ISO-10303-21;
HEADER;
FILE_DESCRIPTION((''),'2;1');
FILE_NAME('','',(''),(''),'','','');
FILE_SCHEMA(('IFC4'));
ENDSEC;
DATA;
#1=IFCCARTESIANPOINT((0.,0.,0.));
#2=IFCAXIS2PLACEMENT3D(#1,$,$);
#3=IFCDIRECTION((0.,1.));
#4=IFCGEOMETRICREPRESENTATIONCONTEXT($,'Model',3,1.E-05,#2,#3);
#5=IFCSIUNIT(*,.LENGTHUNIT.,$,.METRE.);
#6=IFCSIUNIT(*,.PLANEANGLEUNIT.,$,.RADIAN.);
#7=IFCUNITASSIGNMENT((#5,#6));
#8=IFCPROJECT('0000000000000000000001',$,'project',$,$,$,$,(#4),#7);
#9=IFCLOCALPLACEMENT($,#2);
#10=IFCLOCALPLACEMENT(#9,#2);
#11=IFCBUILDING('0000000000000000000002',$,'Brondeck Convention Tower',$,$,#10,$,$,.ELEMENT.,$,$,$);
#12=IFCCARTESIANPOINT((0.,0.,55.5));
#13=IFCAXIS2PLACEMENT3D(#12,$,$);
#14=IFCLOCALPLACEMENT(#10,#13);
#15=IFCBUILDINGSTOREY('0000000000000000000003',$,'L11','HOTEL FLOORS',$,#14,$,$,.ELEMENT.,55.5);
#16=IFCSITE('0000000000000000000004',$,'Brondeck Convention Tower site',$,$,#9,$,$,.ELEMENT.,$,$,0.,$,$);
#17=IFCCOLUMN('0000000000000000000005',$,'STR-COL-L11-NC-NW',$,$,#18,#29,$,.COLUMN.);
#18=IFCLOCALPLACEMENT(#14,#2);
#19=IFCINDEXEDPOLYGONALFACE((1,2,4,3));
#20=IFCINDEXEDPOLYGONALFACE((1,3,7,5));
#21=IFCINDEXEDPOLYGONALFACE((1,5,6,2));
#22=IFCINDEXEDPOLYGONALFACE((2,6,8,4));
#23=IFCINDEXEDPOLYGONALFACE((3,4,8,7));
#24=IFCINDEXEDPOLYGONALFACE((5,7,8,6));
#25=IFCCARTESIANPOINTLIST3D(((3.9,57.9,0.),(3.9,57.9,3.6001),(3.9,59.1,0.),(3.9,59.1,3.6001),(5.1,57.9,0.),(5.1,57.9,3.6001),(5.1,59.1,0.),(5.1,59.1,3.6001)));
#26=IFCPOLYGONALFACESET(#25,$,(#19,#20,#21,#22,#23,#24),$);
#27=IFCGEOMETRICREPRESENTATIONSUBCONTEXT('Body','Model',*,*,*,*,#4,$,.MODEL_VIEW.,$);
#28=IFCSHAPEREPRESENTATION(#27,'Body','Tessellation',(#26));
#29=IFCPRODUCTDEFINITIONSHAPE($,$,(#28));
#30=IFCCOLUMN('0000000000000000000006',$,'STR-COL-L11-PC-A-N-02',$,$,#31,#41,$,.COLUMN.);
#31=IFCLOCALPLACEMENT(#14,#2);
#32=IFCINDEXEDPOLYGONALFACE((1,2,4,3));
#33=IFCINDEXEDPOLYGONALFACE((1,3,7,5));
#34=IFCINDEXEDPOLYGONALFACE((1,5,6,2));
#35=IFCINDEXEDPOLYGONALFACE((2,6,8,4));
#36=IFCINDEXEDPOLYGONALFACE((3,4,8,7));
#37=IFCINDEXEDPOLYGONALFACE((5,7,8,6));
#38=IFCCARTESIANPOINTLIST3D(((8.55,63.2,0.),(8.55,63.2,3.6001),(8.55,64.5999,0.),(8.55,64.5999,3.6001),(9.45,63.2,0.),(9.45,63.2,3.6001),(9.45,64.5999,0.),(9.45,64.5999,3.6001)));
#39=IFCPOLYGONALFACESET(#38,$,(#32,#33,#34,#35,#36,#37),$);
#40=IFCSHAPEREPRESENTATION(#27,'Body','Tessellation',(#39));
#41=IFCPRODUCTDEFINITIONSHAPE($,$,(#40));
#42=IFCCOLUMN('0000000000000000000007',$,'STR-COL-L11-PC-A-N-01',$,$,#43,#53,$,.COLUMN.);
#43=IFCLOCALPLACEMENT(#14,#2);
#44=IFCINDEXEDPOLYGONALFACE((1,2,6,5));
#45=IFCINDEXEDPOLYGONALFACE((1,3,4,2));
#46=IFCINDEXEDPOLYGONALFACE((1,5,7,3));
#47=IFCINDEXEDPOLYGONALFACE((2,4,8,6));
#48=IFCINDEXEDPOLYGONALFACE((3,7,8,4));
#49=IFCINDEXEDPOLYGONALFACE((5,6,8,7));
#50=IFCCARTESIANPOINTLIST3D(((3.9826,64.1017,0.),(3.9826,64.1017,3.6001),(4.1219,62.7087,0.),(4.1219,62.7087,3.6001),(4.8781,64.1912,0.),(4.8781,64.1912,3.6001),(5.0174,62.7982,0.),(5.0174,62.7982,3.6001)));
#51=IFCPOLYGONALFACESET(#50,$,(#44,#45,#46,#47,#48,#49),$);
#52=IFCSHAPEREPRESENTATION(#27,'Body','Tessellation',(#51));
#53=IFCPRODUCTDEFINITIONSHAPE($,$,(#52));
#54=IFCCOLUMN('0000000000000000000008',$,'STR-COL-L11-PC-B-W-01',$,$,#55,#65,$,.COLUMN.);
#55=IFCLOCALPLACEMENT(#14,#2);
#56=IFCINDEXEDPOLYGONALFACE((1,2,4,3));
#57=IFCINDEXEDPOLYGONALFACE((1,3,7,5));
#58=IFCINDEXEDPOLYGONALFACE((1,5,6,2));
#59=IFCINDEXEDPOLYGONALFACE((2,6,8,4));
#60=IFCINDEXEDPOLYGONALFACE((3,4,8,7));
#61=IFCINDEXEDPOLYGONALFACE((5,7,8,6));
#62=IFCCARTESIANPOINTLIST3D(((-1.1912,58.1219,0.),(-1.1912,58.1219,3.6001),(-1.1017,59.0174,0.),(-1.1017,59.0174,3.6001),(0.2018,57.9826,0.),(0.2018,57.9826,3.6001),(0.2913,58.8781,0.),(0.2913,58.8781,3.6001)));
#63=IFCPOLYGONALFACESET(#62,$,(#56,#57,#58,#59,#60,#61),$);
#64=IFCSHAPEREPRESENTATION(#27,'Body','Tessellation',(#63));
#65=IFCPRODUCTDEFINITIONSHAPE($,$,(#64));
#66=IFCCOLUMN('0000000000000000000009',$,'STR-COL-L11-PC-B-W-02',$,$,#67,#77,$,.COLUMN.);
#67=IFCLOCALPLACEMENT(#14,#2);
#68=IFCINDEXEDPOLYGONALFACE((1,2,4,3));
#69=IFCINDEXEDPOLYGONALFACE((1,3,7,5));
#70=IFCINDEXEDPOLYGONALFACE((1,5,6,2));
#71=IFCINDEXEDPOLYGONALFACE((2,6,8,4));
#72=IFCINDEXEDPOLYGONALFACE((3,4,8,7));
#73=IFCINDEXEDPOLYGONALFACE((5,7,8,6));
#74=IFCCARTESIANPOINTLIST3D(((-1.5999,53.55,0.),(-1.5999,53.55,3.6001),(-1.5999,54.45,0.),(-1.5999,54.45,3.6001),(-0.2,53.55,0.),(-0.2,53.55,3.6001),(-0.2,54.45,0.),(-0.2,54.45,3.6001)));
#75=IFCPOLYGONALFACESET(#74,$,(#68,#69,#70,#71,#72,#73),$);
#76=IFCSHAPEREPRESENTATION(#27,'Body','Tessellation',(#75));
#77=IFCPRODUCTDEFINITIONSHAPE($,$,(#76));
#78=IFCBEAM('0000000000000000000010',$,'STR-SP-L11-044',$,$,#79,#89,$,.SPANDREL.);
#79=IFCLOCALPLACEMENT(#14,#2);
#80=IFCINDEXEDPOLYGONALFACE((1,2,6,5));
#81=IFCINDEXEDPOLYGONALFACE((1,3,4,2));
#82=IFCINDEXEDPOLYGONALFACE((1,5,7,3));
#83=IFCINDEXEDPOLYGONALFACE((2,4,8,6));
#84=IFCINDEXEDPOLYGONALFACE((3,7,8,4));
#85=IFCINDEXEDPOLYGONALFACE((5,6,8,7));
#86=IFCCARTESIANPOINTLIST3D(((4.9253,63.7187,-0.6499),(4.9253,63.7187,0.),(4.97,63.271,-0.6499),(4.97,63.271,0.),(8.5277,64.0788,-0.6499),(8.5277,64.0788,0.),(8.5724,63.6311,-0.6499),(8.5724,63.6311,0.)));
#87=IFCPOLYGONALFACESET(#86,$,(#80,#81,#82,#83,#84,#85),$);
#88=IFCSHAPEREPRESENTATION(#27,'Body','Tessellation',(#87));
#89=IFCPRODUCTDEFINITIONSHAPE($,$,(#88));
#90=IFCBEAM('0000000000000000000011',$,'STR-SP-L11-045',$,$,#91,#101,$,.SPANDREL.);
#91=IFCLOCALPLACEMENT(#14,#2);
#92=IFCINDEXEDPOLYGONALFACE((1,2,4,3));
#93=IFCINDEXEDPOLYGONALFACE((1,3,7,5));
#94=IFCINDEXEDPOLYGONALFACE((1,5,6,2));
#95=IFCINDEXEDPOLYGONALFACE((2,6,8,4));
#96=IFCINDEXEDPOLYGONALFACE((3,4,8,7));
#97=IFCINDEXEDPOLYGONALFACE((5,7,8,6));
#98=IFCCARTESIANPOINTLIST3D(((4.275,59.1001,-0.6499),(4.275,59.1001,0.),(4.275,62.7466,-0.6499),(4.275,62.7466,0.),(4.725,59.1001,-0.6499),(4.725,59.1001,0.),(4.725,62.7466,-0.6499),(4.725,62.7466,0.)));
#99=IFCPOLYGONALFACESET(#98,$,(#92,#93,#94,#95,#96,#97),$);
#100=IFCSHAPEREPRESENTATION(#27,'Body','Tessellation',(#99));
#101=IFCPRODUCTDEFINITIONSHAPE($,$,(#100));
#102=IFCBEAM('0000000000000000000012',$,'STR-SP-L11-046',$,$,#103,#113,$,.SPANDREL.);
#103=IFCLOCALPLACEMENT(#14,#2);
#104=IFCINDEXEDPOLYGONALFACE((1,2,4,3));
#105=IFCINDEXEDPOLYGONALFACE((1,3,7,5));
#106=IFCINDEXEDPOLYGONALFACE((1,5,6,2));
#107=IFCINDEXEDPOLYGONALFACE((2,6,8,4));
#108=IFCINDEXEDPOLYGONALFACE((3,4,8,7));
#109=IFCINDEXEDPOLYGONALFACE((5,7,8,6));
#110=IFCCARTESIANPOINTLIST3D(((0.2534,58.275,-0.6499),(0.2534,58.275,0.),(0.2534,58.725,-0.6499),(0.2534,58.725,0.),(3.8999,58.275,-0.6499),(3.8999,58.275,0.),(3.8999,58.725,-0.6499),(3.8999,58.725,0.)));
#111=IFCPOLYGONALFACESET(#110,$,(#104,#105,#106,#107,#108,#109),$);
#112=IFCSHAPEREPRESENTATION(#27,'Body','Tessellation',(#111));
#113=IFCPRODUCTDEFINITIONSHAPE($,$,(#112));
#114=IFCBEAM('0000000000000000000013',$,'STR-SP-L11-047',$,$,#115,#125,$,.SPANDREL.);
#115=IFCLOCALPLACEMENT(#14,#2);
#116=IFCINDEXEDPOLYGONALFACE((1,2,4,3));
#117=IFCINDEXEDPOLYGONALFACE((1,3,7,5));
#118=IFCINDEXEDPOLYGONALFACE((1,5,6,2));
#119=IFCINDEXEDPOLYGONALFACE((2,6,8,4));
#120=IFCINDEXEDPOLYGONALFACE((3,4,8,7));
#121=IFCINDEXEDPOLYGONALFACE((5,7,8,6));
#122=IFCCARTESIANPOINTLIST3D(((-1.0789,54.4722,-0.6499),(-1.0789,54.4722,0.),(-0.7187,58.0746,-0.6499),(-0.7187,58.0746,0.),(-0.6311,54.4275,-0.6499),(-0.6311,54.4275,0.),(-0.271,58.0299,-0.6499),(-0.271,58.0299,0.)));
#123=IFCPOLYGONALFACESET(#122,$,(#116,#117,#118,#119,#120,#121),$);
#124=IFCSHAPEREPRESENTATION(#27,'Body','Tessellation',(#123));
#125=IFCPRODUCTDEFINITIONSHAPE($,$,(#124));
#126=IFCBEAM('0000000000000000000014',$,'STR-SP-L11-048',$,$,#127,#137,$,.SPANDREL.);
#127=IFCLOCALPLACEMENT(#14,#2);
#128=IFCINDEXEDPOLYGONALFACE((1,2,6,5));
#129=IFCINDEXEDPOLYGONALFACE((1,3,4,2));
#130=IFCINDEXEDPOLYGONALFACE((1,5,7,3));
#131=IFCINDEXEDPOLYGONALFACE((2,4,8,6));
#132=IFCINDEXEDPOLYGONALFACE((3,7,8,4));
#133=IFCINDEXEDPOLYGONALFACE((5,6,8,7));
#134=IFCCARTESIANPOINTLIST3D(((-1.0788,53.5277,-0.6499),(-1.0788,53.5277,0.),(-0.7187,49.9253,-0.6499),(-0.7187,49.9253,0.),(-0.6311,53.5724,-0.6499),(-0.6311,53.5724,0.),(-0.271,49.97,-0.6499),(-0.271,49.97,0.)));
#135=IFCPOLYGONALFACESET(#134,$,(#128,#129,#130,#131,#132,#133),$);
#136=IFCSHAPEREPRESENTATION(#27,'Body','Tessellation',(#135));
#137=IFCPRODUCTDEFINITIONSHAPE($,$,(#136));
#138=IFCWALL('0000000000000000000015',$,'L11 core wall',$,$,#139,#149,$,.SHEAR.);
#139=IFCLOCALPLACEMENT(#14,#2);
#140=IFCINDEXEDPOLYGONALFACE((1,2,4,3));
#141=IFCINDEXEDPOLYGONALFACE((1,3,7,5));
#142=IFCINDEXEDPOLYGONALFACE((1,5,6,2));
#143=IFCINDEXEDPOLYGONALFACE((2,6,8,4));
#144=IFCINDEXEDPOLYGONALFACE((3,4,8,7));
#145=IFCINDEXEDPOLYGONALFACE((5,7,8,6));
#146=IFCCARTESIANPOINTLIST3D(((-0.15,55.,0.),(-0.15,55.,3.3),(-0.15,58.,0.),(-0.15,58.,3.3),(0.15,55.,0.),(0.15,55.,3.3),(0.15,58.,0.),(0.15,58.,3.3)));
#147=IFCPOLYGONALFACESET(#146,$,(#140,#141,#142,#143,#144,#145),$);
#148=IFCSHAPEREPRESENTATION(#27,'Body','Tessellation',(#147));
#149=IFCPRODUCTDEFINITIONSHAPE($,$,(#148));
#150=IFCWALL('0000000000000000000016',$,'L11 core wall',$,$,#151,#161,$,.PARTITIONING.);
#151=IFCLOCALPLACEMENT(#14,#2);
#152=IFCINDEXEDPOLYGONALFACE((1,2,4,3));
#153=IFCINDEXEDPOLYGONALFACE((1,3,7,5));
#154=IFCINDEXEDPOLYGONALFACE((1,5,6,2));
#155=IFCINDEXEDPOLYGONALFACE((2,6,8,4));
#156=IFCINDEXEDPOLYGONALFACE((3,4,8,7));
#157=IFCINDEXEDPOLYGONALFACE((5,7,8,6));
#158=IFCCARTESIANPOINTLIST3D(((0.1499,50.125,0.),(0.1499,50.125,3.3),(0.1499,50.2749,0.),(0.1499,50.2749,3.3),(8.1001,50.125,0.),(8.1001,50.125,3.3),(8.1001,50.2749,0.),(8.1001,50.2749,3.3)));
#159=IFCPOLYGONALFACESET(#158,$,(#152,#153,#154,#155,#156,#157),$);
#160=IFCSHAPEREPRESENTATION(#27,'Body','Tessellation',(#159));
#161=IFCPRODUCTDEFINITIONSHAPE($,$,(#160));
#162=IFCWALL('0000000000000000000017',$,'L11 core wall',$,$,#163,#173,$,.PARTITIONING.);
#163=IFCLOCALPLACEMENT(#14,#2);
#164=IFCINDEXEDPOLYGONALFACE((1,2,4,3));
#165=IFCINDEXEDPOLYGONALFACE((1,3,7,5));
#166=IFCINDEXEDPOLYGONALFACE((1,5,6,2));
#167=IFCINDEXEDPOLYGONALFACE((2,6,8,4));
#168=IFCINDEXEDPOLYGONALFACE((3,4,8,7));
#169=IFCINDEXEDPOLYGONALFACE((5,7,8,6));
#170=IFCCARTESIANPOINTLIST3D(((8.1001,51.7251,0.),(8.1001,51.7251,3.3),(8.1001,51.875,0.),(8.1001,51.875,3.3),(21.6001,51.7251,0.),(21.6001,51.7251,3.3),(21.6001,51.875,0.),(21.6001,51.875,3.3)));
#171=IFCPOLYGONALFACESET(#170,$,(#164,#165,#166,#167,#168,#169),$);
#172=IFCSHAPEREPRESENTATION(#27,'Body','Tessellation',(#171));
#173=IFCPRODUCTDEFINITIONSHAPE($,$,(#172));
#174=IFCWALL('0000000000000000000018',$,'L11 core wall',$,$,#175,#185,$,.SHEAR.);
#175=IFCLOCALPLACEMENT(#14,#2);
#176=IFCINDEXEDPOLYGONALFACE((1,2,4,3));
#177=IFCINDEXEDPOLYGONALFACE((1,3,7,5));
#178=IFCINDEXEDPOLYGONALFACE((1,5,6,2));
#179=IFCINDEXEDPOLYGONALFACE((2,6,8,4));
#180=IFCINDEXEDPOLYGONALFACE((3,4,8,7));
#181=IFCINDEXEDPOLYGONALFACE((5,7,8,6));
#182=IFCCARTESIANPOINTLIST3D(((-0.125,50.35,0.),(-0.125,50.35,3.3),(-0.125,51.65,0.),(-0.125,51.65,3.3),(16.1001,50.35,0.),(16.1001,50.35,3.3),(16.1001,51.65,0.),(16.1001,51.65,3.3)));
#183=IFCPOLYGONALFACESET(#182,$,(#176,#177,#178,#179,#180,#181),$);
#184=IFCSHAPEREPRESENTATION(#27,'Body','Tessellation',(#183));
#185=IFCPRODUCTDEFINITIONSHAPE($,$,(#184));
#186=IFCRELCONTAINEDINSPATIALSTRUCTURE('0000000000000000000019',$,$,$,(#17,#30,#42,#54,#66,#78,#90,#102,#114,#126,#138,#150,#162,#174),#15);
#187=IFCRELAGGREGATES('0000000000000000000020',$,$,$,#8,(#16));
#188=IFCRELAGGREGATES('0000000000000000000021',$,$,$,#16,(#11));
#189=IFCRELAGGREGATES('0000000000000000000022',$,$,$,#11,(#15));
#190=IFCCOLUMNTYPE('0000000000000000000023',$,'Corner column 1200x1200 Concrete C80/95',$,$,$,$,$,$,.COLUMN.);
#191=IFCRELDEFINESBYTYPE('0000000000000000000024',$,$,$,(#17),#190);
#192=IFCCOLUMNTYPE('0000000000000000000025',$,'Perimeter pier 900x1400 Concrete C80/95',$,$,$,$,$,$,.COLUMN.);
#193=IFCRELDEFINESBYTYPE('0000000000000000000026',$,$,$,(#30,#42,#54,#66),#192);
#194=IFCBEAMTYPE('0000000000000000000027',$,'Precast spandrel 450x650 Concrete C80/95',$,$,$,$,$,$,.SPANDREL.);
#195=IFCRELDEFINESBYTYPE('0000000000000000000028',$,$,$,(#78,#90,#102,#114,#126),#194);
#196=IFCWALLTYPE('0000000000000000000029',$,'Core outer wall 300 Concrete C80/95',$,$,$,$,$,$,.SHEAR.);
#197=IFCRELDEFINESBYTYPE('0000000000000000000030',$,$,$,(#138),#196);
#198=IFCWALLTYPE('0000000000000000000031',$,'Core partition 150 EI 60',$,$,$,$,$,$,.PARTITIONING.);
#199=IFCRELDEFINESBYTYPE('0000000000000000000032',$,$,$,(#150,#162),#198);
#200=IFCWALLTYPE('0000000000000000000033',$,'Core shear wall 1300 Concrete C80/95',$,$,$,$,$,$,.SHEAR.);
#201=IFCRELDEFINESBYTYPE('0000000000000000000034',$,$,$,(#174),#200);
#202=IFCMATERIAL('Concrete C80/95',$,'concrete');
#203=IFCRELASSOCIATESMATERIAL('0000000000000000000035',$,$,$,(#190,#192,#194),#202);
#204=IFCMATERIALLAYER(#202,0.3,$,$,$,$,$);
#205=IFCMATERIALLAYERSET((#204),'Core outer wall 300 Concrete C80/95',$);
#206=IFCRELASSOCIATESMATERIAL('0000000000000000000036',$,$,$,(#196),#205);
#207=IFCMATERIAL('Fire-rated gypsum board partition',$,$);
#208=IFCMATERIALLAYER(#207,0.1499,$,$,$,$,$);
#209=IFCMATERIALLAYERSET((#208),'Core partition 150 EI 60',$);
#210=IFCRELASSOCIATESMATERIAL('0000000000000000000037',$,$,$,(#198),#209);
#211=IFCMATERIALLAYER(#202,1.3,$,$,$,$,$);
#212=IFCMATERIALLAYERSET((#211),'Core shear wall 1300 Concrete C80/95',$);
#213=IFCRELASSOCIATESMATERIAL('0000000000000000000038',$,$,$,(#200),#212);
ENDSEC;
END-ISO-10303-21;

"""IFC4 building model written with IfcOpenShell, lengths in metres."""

from ifc_helpers import new_model, si_unit, direction, frame, frame_2d, origin, origin_2d, place, context, subcontext, project, spatial, rectangle, extrude, material, layer, layer_set, material_profile, profile_set, type_object, element, save


model = new_model("IFC4")

# Units and contexts
model_context = context("Model", 3, precision=1e-05, world=origin(), true_north=direction((0.0, 1.0)))
body_context = subcontext(model_context, "Body", "Model", "MODEL_VIEW")
ifc_project = project(units=[si_unit("LENGTHUNIT", "METRE"), si_unit("PLANEANGLEUNIT", "RADIAN")], contexts=[model_context])

# Site, building, storey
site_placement = place(None, origin())
site = spatial("IfcSite", under=ifc_project, at=site_placement, Name="Brondeck Convention Tower site", CompositionType="ELEMENT", RefElevation=0.0)
building_placement = place(site_placement, origin())
building = spatial("IfcBuilding", under=site, at=building_placement, Name="Brondeck Convention Tower", CompositionType="ELEMENT")
storey_placement = place(building_placement, frame((0.0, 0.0, 55.5)))
storey = spatial("IfcBuildingStorey", under=building, at=storey_placement, Name="L11", Description="HOTEL FLOORS", CompositionType="ELEMENT", Elevation=55.5)

# Columns
ifc_material_1 = material(Name="Concrete C80/95", Category="concrete")
ifc_material_profile_1 = material_profile(ifc_material_1, rectangle(XDim=1.2, YDim=1.2, at=origin_2d()), Name="Corner column 1200x1200 Concrete C80/95")
ifc_profile_set_1 = profile_set([ifc_material_profile_1], Name="Concrete C80/95")
column_type_1 = type_object("IfcColumnType", Name="Corner column 1200x1200 Concrete C80/95", PredefinedType="COLUMN", material=ifc_profile_set_1)
column_placement = place(storey_placement, frame((4.5, 58.5, 0.0), z_axis=(0.0, 0.0, 1.0), x_axis=(1.0, 0.0, 0.0)))
element("IfcColumn", 1, at=column_placement, inside=storey, type_object=column_type_1, Name="STR-COL-L11-NC-NW", PredefinedType="COLUMN", context=body_context, shape_type="SweptSolid", body=[
    extrude(rectangle(XDim=1.2, YDim=1.2, at=origin_2d()), origin(), (0.0, 0.0, 1.0), 3.6001),
])
ifc_material_profile_2 = material_profile(ifc_material_1, rectangle(XDim=0.8999, YDim=1.3999, at=origin_2d()), Name="Perimeter pier 900x1400 Concrete C80/95")
ifc_profile_set_2 = profile_set([ifc_material_profile_2], Name="Concrete C80/95")
column_type_2 = type_object("IfcColumnType", Name="Perimeter pier 900x1400 Concrete C80/95", PredefinedType="COLUMN", material=ifc_profile_set_2)
for number, where, z_axis, x_axis, name in (
    (2, (9.0, 63.8999, 0.0), (0.0, 0.0, 1.0), (-1.0, 0.0, 0.0), "STR-COL-L11-PC-A-N-02"),
    (3, (4.5, 63.45, 0.0), (0.0, 0.0, 1.0), (-0.995037, -0.099504, 0.0), "STR-COL-L11-PC-A-N-01"),
    (4, (-0.45, 58.5, 0.0), (0.0, 0.0, 1.0), (-0.099504, -0.995037, 0.0), "STR-COL-L11-PC-B-W-01"),
    (5, (-0.8999, 54.0, 0.0), (0.0, 0.0, 1.0), (0.0, -1.0, 0.0), "STR-COL-L11-PC-B-W-02"),
):
    element("IfcColumn", number, at=place(storey_placement, frame(where, z_axis=z_axis, x_axis=x_axis)), inside=storey, type_object=column_type_2, Name=name, PredefinedType="COLUMN", context=body_context, shape_type="SweptSolid", body=[
        extrude(rectangle(XDim=0.8999, YDim=1.3999, at=origin_2d()), origin(), (0.0, 0.0, 1.0), 3.6001),
    ])

# Beams
ifc_material_profile_3 = material_profile(ifc_material_1, rectangle(XDim=0.45, YDim=0.6499, at=origin_2d()), Name="Precast spandrel 450x650 Concrete C80/95")
ifc_profile_set_3 = profile_set([ifc_material_profile_3], Name="Concrete C80/95")
beam_type = type_object("IfcBeamType", Name="Precast spandrel 450x650 Concrete C80/95", PredefinedType="SPANDREL", material=ifc_profile_set_3)
beam_placement = place(storey_placement, frame((8.55, 63.855, -0.325), z_axis=(-0.995041, -0.09947, 0.0), x_axis=(0.09947, -0.995041, 0.0)))
element("IfcBeam", 6, at=beam_placement, inside=storey, type_object=beam_type, Name="STR-SP-L11-044", PredefinedType="SPANDREL", context=body_context, shape_type="SweptSolid", body=[
    extrude(rectangle(XDim=0.45, YDim=0.6499, at=origin_2d()), origin(), (0.0, 0.0, 1.0), 3.6204),
])
for number, where, z_axis, x_axis, name in (
    (7, (4.5, 62.7466, -0.325), (0.0, -1.0, 0.0), (1.0, 0.0, 0.0), "STR-SP-L11-045"),
    (8, (3.8999, 58.5, -0.325), (-1.0, 0.0, 0.0), (0.0, -1.0, 0.0), "STR-SP-L11-046"),
):
    element("IfcBeam", number, at=place(storey_placement, frame(where, z_axis=z_axis, x_axis=x_axis)), inside=storey, type_object=beam_type, Name=name, PredefinedType="SPANDREL", context=body_context, shape_type="SweptSolid", body=[
        extrude(rectangle(XDim=0.45, YDim=0.6499, at=origin_2d()), origin(), (0.0, 0.0, 1.0), 3.6465),
    ])
for number, where, z_axis, x_axis, name in (
    (9, (-0.4949, 58.0522, -0.325), (-0.09947, -0.995041, 0.0), (0.995041, -0.09947, 0.0), "STR-SP-L11-047"),
    (10, (-0.855, 53.55, -0.325), (0.09947, -0.995041, 0.0), (0.995041, 0.09947, 0.0), "STR-SP-L11-048"),
):
    element("IfcBeam", number, at=place(storey_placement, frame(where, z_axis=z_axis, x_axis=x_axis)), inside=storey, type_object=beam_type, Name=name, PredefinedType="SPANDREL", context=body_context, shape_type="SweptSolid", body=[
        extrude(rectangle(XDim=0.45, YDim=0.6499, at=origin_2d()), origin(), (0.0, 0.0, 1.0), 3.6204),
    ])

# Walls
ifc_layer_1 = layer(ifc_material_1, 0.3)
ifc_layer_set_1 = layer_set([ifc_layer_1], Name="Core outer wall 300 Concrete C80/95")
wall_type_1 = type_object("IfcWallType", Name="Core outer wall 300 Concrete C80/95", PredefinedType="SHEAR", material=ifc_layer_set_1)
wall_1_placement = place(storey_placement, frame((0.0, 55.0, 0.0), z_axis=(0.0, 0.0, 1.0), x_axis=(0.0, 1.0, 0.0)))
element("IfcWall", 11, at=wall_1_placement, inside=storey, type_object=wall_type_1, Name="L11 core wall", PredefinedType="SHEAR", context=body_context, shape_type="SweptSolid", body=[
    extrude(rectangle(XDim=3.0, YDim=0.3, at=frame_2d((1.5, 0.0))), origin(), (0.0, 0.0, 1.0), 3.3),
])
ifc_material_2 = material(Name="Fire-rated gypsum board partition")
ifc_layer_2 = layer(ifc_material_2, 0.1499)
ifc_layer_set_2 = layer_set([ifc_layer_2], Name="Core partition 150 EI 60")
wall_type_2 = type_object("IfcWallType", Name="Core partition 150 EI 60", PredefinedType="PARTITIONING", material=ifc_layer_set_2)
wall_2_placement = place(storey_placement, frame((0.1499, 50.2, 0.0), z_axis=(0.0, 0.0, 1.0), x_axis=(1.0, 0.0, 0.0)))
element("IfcWall", 12, at=wall_2_placement, inside=storey, type_object=wall_type_2, Name="L11 core wall", PredefinedType="PARTITIONING", context=body_context, shape_type="SweptSolid", body=[
    extrude(rectangle(XDim=7.9502, YDim=0.1499, at=frame_2d((3.9751, 0.0))), origin(), (0.0, 0.0, 1.0), 3.3),
])
wall_3_placement = place(storey_placement, frame((8.1001, 51.8, 0.0), z_axis=(0.0, 0.0, 1.0), x_axis=(1.0, 0.0, 0.0)))
element("IfcWall", 13, at=wall_3_placement, inside=storey, type_object=wall_type_2, Name="L11 core wall", PredefinedType="PARTITIONING", context=body_context, shape_type="SweptSolid", body=[
    extrude(rectangle(XDim=13.5, YDim=0.1499, at=frame_2d((6.75, 0.0))), origin(), (0.0, 0.0, 1.0), 3.3),
])
ifc_layer_3 = layer(ifc_material_1, 1.3)
ifc_layer_set_3 = layer_set([ifc_layer_3], Name="Core shear wall 1300 Concrete C80/95")
wall_type_3 = type_object("IfcWallType", Name="Core shear wall 1300 Concrete C80/95", PredefinedType="SHEAR", material=ifc_layer_set_3)
wall_4_placement = place(storey_placement, frame((-0.125, 51.0, 0.0), z_axis=(0.0, 0.0, 1.0), x_axis=(1.0, 0.0, 0.0)))
element("IfcWall", 14, at=wall_4_placement, inside=storey, type_object=wall_type_3, Name="L11 core wall", PredefinedType="SHEAR", context=body_context, shape_type="SweptSolid", body=[
    extrude(rectangle(XDim=16.2251, YDim=1.3, at=frame_2d((8.1125, 0.0))), origin(), (0.0, 0.0, 1.0), 3.3),
])

save(model, "model.ifc")
